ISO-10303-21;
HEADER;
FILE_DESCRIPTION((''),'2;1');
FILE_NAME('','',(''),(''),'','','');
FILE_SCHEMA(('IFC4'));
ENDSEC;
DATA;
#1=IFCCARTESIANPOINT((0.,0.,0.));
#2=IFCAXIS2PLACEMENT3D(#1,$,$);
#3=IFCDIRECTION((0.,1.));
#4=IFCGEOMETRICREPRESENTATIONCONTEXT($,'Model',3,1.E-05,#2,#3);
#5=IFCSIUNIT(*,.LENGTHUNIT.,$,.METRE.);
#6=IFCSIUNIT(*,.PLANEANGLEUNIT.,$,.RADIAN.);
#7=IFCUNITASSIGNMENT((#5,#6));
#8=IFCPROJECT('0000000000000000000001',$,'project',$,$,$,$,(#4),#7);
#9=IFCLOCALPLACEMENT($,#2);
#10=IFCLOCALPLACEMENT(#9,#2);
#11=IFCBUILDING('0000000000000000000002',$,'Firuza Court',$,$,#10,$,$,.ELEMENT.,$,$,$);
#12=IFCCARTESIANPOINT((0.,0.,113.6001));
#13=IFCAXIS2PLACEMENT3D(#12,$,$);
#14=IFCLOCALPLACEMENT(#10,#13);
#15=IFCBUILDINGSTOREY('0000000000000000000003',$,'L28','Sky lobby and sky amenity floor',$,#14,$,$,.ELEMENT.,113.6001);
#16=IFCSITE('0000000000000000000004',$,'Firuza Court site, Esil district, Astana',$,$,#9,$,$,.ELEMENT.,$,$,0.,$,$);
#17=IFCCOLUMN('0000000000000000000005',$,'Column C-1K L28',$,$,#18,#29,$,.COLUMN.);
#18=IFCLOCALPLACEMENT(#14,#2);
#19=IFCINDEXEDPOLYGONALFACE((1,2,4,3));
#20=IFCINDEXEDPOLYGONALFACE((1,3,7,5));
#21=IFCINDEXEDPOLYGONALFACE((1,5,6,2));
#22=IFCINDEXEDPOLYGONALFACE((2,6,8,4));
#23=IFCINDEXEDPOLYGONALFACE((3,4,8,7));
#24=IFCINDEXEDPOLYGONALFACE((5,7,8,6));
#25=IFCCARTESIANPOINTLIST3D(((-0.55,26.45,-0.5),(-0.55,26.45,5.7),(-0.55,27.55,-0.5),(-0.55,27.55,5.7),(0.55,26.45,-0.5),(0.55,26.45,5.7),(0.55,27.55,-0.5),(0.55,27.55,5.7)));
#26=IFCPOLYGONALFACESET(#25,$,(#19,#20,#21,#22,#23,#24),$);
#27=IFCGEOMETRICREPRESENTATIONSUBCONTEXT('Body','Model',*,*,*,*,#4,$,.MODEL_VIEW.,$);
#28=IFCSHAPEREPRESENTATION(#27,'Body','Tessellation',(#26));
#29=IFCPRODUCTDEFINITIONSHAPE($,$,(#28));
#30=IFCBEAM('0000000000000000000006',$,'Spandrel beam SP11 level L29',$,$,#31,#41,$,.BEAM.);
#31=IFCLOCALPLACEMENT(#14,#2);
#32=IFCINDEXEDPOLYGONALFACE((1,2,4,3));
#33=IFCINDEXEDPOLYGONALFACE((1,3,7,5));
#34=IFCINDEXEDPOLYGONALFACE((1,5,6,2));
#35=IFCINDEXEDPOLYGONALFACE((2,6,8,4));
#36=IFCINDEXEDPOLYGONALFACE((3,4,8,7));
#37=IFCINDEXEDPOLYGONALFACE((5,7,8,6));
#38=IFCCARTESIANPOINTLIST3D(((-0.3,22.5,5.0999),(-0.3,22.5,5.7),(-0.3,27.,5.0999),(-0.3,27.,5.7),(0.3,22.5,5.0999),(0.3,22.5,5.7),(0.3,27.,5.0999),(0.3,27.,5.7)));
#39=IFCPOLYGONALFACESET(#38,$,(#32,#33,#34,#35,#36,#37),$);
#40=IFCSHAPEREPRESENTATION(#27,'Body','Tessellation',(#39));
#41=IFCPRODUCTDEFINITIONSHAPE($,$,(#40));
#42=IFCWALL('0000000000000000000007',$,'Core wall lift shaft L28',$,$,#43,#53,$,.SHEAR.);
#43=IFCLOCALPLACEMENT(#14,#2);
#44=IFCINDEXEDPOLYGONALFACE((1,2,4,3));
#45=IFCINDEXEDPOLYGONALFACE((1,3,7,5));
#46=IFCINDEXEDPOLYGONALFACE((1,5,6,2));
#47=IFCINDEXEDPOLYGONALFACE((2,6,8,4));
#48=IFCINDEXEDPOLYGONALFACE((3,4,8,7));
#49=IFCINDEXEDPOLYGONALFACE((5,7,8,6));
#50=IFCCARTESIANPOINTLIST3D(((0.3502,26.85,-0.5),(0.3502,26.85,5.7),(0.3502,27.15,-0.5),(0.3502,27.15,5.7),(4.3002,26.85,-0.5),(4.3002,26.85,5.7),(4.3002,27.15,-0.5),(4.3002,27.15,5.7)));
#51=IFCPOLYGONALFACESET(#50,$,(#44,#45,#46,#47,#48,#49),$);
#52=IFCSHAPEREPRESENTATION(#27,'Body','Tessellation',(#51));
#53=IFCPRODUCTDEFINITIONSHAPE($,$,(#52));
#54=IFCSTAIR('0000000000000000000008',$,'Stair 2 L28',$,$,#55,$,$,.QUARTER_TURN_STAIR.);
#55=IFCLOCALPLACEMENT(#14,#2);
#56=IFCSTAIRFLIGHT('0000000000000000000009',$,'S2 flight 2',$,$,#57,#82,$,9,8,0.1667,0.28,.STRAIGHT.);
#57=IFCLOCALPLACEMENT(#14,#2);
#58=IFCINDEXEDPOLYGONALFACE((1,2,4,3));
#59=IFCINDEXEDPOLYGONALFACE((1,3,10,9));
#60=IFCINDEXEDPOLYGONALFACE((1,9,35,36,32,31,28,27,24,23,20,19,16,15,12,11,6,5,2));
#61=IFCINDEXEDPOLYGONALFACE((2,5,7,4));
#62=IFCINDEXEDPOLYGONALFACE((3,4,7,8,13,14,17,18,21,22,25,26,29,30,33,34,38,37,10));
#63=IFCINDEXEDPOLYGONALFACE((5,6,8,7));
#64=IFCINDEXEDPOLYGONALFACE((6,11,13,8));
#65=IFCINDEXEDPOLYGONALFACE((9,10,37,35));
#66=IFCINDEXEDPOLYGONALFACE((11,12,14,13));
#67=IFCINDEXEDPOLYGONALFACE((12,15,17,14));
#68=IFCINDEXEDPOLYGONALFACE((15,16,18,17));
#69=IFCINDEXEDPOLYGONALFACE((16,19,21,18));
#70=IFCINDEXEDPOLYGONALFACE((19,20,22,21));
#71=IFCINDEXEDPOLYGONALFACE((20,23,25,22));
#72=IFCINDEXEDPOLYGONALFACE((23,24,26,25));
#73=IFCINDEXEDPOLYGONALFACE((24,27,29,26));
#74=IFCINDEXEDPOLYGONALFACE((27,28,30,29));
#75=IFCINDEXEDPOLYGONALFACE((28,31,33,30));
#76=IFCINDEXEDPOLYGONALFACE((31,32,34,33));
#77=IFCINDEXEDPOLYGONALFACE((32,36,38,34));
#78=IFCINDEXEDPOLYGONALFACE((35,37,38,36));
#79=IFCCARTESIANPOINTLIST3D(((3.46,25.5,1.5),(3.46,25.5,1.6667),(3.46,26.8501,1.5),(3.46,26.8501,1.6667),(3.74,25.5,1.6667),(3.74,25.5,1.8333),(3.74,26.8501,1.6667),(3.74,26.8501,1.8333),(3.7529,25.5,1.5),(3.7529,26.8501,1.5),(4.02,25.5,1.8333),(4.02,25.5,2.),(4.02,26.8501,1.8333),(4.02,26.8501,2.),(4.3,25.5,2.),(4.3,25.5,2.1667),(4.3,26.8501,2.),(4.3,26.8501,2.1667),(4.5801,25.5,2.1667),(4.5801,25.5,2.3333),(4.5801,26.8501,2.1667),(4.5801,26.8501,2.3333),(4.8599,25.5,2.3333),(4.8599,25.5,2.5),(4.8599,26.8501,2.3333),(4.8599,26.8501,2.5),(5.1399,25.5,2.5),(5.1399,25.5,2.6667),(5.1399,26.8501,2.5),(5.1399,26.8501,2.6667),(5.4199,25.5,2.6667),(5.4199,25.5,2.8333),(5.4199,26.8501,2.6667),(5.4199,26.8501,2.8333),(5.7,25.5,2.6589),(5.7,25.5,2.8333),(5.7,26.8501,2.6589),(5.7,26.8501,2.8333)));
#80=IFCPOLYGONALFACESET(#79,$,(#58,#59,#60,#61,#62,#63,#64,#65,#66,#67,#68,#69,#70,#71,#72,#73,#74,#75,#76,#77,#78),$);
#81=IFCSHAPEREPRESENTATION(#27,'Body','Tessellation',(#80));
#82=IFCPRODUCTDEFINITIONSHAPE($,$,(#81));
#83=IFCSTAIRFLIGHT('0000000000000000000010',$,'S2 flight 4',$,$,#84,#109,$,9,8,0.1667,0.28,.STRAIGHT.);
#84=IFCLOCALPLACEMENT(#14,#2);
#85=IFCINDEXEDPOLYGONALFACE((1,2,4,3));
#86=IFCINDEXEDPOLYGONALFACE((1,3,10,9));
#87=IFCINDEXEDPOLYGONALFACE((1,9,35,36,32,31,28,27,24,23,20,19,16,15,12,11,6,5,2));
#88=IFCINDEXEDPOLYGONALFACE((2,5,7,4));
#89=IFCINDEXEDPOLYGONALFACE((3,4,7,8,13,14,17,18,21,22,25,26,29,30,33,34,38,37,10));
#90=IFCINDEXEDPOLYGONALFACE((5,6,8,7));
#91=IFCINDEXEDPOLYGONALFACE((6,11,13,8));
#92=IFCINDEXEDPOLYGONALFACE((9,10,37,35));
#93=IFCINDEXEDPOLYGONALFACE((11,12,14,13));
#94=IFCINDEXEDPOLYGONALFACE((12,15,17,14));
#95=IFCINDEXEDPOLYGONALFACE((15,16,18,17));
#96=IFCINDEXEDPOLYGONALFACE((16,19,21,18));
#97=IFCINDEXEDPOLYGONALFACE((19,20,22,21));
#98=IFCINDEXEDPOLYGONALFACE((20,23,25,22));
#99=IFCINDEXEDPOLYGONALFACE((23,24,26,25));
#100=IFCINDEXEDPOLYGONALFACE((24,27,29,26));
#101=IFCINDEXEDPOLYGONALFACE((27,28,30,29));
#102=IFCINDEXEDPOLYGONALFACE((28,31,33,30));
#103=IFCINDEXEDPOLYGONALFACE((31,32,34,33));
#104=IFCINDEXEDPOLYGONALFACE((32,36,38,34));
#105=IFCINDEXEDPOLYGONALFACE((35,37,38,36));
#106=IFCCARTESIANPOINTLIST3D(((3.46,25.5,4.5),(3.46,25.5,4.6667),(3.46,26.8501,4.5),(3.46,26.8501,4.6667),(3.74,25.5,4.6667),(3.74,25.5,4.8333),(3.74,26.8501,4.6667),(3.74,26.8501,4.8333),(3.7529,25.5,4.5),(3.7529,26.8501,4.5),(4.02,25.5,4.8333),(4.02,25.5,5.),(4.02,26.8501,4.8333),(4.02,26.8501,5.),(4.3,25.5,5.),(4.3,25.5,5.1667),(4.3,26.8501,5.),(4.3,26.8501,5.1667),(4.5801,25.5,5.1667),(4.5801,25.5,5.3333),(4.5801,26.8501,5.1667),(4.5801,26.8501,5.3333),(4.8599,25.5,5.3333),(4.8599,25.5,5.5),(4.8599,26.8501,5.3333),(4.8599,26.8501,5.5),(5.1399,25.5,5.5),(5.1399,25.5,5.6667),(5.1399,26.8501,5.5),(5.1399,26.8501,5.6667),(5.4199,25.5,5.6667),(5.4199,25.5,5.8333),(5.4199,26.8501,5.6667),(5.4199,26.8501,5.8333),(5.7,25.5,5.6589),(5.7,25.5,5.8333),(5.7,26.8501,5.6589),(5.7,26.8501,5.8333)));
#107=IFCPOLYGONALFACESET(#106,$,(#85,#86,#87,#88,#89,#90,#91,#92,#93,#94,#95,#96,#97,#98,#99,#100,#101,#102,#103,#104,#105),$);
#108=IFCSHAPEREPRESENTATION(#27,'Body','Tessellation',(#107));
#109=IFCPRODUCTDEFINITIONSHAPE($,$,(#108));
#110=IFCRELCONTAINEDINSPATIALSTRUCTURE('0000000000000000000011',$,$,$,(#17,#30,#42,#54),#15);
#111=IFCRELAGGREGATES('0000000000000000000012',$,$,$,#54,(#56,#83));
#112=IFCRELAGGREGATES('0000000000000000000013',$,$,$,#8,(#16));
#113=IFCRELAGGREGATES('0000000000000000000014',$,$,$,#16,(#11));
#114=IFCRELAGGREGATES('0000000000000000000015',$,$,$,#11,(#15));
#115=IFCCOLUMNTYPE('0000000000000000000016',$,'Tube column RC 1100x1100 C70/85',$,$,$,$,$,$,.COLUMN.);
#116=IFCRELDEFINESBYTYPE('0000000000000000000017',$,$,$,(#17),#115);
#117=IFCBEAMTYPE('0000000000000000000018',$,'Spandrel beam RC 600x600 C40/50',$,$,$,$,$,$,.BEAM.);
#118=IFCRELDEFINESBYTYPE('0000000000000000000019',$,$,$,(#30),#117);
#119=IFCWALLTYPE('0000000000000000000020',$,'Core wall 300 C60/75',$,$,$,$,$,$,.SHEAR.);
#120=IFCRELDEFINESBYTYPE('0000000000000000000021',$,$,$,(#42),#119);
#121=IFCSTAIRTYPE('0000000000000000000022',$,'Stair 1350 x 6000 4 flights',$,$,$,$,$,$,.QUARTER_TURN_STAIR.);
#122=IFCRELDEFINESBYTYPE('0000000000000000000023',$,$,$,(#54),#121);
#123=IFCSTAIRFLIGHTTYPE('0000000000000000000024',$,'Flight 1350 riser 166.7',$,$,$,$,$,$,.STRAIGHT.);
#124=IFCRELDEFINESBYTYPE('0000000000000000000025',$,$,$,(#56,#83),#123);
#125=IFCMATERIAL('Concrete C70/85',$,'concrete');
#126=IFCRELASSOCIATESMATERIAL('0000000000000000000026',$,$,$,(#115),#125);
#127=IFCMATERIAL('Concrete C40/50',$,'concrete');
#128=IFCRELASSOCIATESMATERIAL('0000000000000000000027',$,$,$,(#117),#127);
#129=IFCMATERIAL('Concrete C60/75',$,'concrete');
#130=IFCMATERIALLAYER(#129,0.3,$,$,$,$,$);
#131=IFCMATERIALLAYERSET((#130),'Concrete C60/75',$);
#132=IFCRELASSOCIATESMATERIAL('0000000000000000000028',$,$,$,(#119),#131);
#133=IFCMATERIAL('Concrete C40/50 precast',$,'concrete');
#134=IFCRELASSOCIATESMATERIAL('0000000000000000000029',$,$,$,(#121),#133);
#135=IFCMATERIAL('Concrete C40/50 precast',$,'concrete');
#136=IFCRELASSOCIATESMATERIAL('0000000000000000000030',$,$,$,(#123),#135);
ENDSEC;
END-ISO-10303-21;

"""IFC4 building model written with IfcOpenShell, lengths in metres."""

from ifc_helpers import new_model, si_unit, direction, frame, frame_2d, origin, origin_2d, place, context, subcontext, project, spatial, polyline, rectangle, outline, extrude, material, layer, layer_set, material_profile, profile_set, type_object, element, aggregate, save


model = new_model("IFC4")

# Units and contexts
model_context = context("Model", 3, precision=1e-05, world=origin(), true_north=direction((0.0, 1.0)))
body_context = subcontext(model_context, "Body", "Model", "MODEL_VIEW")
ifc_project = project(units=[si_unit("LENGTHUNIT", "METRE"), si_unit("PLANEANGLEUNIT", "RADIAN")], contexts=[model_context])

# Site, building, storey
site_placement = place(None, origin())
site = spatial("IfcSite", under=ifc_project, at=site_placement, Name="Firuza Court site, Esil district, Astana", CompositionType="ELEMENT", RefElevation=0.0)
building_placement = place(site_placement, origin())
building = spatial("IfcBuilding", under=site, at=building_placement, Name="Firuza Court", CompositionType="ELEMENT")
storey_placement = place(building_placement, frame((0.0, 0.0, 113.6001)))
storey = spatial("IfcBuildingStorey", under=building, at=storey_placement, Name="L28", Description="Sky lobby and sky amenity floor", CompositionType="ELEMENT", Elevation=113.6001)

# Column
ifc_material_1 = material(Name="Concrete C70/85", Category="concrete")
ifc_material_profile_1 = material_profile(ifc_material_1, rectangle(XDim=1.1001, YDim=1.1001, at=origin_2d()), Name="RC 1100x1100")
ifc_profile_set_1 = profile_set([ifc_material_profile_1], Name="Concrete C70/85")
column_type = type_object("IfcColumnType", Name="Tube column RC 1100x1100 C70/85", PredefinedType="COLUMN", material=ifc_profile_set_1)
column_placement = place(storey_placement, frame((0.0, 27.0, -0.5), z_axis=(0.0, 0.0, 1.0), x_axis=(1.0, 0.0, 0.0)))
element("IfcColumn", 1, at=column_placement, inside=storey, type_object=column_type, Name="Column C-1K L28", PredefinedType="COLUMN", context=body_context, shape_type="SweptSolid", body=[
    extrude(rectangle(XDim=1.1001, YDim=1.1001, at=origin_2d()), origin(), (0.0, 0.0, 1.0), 6.2),
])

# Beam
ifc_material_2 = material(Name="Concrete C40/50", Category="concrete")
ifc_material_profile_2 = material_profile(ifc_material_2, rectangle(XDim=0.6001, YDim=0.6001, at=origin_2d()), Name="RC 600x600")
ifc_profile_set_2 = profile_set([ifc_material_profile_2], Name="Concrete C40/50")
beam_type = type_object("IfcBeamType", Name="Spandrel beam RC 600x600 C40/50", PredefinedType="BEAM", material=ifc_profile_set_2)
beam_placement = place(storey_placement, frame((0.0, 27.0, 5.3999), z_axis=(0.0, -1.0, 0.0), x_axis=(1.0, 0.0, 0.0)))
element("IfcBeam", 2, at=beam_placement, inside=storey, type_object=beam_type, Name="Spandrel beam SP11 level L29", PredefinedType="BEAM", context=body_context, shape_type="SweptSolid", body=[
    extrude(rectangle(XDim=0.6001, YDim=0.6001, at=origin_2d()), origin(), (0.0, 0.0, 1.0), 4.5),
])

# Wall
ifc_material_3 = material(Name="Concrete C60/75", Category="concrete")
ifc_layer = layer(ifc_material_3, 0.3)
ifc_layer_set = layer_set([ifc_layer], Name="Concrete C60/75")
wall_type = type_object("IfcWallType", Name="Core wall 300 C60/75", PredefinedType="SHEAR", material=ifc_layer_set)
wall_placement = place(storey_placement, frame((0.3501, 27.0, -0.5), z_axis=(0.0, 0.0, 1.0), x_axis=(1.0, 0.0, 0.0)))
element("IfcWall", 3, at=wall_placement, inside=storey, type_object=wall_type, Name="Core wall lift shaft L28", PredefinedType="SHEAR", context=body_context, shape_type="SweptSolid", body=[
    extrude(rectangle(XDim=3.95, YDim=0.3, at=frame_2d((1.9751, 0.0))), origin(), (0.0, 0.0, 1.0), 6.2),
])

# Stair, stair flights
ifc_material_4 = material(Name="Concrete C40/50 precast", Category="concrete")
stair_type = type_object("IfcStairType", Name="Stair 1350 x 6000 4 flights", PredefinedType="QUARTER_TURN_STAIR", material=ifc_material_4)
stair_placement = place(storey_placement, origin())
stair = element("IfcStair", 4, at=stair_placement, inside=storey, type_object=stair_type, Name="Stair 2 L28", PredefinedType="QUARTER_TURN_STAIR")
ifc_material_5 = material(Name="Concrete C40/50 precast", Category="concrete")
stair_flight_type = type_object("IfcStairFlightType", Name="Flight 1350 riser 166.7", PredefinedType="STRAIGHT", material=ifc_material_5)
stair_flight_1_placement = place(storey_placement, frame((3.46, 26.175, 1.5), z_axis=(0.0, 0.0, 1.0), x_axis=(1.0, 0.0, 0.0)))
stair_flight_1 = element("IfcStairFlight", 5, at=stair_flight_1_placement, type_object=stair_flight_type, Name="S2 flight 2", NumberOfRisers=9, NumberOfTreads=8, PredefinedType="STRAIGHT", RiserHeight=0.1667, TreadLength=0.28, context=body_context, shape_type="SweptSolid", body=[
    extrude(outline(polyline([(0.0, 0.0), (0.0, 0.1667), (0.28, 0.1667), (0.28, 0.3333), (0.5601, 0.3333), (0.5601, 0.5), (0.8401, 0.5), (0.8401, 0.6667), (1.1201, 0.6667), (1.1201, 0.8333), (1.3999, 0.8333), (1.3999, 1.0), (1.6799, 1.0), (1.6799, 1.1667), (1.96, 1.1667), (1.96, 1.3333), (2.24, 1.3333), (2.24, 1.5), (2.24, 1.1589), (0.293, 0.0), (0.0, 0.0)])), frame((0.0, 0.675, 0.0), z_axis=(0.0, -1.0, 0.0), x_axis=(1.0, 0.0, 0.0)), (0.0, 0.0, 1.0), 1.3501),
])
stair_flight_2_placement = place(storey_placement, frame((3.46, 26.175, 4.5), z_axis=(0.0, 0.0, 1.0), x_axis=(1.0, 0.0, 0.0)))
stair_flight_2 = element("IfcStairFlight", 6, at=stair_flight_2_placement, type_object=stair_flight_type, Name="S2 flight 4", NumberOfRisers=9, NumberOfTreads=8, PredefinedType="STRAIGHT", RiserHeight=0.1667, TreadLength=0.28, context=body_context, shape_type="SweptSolid", body=[
    extrude(outline(polyline([(0.0, 0.0), (0.0, 0.1667), (0.28, 0.1667), (0.28, 0.3333), (0.5601, 0.3333), (0.5601, 0.5), (0.8401, 0.5), (0.8401, 0.6667), (1.1201, 0.6667), (1.1201, 0.8333), (1.3999, 0.8333), (1.3999, 1.0), (1.6799, 1.0), (1.6799, 1.1667), (1.96, 1.1667), (1.96, 1.3333), (2.24, 1.3333), (2.24, 1.5), (2.24, 1.1589), (0.293, 0.0), (0.0, 0.0)])), frame((0.0, 0.675, 0.0), z_axis=(0.0, -1.0, 0.0), x_axis=(1.0, 0.0, 0.0)), (0.0, 0.0, 1.0), 1.3501),
])
aggregate(stair, [stair_flight_1, stair_flight_2])

save(model, "model.ifc")
